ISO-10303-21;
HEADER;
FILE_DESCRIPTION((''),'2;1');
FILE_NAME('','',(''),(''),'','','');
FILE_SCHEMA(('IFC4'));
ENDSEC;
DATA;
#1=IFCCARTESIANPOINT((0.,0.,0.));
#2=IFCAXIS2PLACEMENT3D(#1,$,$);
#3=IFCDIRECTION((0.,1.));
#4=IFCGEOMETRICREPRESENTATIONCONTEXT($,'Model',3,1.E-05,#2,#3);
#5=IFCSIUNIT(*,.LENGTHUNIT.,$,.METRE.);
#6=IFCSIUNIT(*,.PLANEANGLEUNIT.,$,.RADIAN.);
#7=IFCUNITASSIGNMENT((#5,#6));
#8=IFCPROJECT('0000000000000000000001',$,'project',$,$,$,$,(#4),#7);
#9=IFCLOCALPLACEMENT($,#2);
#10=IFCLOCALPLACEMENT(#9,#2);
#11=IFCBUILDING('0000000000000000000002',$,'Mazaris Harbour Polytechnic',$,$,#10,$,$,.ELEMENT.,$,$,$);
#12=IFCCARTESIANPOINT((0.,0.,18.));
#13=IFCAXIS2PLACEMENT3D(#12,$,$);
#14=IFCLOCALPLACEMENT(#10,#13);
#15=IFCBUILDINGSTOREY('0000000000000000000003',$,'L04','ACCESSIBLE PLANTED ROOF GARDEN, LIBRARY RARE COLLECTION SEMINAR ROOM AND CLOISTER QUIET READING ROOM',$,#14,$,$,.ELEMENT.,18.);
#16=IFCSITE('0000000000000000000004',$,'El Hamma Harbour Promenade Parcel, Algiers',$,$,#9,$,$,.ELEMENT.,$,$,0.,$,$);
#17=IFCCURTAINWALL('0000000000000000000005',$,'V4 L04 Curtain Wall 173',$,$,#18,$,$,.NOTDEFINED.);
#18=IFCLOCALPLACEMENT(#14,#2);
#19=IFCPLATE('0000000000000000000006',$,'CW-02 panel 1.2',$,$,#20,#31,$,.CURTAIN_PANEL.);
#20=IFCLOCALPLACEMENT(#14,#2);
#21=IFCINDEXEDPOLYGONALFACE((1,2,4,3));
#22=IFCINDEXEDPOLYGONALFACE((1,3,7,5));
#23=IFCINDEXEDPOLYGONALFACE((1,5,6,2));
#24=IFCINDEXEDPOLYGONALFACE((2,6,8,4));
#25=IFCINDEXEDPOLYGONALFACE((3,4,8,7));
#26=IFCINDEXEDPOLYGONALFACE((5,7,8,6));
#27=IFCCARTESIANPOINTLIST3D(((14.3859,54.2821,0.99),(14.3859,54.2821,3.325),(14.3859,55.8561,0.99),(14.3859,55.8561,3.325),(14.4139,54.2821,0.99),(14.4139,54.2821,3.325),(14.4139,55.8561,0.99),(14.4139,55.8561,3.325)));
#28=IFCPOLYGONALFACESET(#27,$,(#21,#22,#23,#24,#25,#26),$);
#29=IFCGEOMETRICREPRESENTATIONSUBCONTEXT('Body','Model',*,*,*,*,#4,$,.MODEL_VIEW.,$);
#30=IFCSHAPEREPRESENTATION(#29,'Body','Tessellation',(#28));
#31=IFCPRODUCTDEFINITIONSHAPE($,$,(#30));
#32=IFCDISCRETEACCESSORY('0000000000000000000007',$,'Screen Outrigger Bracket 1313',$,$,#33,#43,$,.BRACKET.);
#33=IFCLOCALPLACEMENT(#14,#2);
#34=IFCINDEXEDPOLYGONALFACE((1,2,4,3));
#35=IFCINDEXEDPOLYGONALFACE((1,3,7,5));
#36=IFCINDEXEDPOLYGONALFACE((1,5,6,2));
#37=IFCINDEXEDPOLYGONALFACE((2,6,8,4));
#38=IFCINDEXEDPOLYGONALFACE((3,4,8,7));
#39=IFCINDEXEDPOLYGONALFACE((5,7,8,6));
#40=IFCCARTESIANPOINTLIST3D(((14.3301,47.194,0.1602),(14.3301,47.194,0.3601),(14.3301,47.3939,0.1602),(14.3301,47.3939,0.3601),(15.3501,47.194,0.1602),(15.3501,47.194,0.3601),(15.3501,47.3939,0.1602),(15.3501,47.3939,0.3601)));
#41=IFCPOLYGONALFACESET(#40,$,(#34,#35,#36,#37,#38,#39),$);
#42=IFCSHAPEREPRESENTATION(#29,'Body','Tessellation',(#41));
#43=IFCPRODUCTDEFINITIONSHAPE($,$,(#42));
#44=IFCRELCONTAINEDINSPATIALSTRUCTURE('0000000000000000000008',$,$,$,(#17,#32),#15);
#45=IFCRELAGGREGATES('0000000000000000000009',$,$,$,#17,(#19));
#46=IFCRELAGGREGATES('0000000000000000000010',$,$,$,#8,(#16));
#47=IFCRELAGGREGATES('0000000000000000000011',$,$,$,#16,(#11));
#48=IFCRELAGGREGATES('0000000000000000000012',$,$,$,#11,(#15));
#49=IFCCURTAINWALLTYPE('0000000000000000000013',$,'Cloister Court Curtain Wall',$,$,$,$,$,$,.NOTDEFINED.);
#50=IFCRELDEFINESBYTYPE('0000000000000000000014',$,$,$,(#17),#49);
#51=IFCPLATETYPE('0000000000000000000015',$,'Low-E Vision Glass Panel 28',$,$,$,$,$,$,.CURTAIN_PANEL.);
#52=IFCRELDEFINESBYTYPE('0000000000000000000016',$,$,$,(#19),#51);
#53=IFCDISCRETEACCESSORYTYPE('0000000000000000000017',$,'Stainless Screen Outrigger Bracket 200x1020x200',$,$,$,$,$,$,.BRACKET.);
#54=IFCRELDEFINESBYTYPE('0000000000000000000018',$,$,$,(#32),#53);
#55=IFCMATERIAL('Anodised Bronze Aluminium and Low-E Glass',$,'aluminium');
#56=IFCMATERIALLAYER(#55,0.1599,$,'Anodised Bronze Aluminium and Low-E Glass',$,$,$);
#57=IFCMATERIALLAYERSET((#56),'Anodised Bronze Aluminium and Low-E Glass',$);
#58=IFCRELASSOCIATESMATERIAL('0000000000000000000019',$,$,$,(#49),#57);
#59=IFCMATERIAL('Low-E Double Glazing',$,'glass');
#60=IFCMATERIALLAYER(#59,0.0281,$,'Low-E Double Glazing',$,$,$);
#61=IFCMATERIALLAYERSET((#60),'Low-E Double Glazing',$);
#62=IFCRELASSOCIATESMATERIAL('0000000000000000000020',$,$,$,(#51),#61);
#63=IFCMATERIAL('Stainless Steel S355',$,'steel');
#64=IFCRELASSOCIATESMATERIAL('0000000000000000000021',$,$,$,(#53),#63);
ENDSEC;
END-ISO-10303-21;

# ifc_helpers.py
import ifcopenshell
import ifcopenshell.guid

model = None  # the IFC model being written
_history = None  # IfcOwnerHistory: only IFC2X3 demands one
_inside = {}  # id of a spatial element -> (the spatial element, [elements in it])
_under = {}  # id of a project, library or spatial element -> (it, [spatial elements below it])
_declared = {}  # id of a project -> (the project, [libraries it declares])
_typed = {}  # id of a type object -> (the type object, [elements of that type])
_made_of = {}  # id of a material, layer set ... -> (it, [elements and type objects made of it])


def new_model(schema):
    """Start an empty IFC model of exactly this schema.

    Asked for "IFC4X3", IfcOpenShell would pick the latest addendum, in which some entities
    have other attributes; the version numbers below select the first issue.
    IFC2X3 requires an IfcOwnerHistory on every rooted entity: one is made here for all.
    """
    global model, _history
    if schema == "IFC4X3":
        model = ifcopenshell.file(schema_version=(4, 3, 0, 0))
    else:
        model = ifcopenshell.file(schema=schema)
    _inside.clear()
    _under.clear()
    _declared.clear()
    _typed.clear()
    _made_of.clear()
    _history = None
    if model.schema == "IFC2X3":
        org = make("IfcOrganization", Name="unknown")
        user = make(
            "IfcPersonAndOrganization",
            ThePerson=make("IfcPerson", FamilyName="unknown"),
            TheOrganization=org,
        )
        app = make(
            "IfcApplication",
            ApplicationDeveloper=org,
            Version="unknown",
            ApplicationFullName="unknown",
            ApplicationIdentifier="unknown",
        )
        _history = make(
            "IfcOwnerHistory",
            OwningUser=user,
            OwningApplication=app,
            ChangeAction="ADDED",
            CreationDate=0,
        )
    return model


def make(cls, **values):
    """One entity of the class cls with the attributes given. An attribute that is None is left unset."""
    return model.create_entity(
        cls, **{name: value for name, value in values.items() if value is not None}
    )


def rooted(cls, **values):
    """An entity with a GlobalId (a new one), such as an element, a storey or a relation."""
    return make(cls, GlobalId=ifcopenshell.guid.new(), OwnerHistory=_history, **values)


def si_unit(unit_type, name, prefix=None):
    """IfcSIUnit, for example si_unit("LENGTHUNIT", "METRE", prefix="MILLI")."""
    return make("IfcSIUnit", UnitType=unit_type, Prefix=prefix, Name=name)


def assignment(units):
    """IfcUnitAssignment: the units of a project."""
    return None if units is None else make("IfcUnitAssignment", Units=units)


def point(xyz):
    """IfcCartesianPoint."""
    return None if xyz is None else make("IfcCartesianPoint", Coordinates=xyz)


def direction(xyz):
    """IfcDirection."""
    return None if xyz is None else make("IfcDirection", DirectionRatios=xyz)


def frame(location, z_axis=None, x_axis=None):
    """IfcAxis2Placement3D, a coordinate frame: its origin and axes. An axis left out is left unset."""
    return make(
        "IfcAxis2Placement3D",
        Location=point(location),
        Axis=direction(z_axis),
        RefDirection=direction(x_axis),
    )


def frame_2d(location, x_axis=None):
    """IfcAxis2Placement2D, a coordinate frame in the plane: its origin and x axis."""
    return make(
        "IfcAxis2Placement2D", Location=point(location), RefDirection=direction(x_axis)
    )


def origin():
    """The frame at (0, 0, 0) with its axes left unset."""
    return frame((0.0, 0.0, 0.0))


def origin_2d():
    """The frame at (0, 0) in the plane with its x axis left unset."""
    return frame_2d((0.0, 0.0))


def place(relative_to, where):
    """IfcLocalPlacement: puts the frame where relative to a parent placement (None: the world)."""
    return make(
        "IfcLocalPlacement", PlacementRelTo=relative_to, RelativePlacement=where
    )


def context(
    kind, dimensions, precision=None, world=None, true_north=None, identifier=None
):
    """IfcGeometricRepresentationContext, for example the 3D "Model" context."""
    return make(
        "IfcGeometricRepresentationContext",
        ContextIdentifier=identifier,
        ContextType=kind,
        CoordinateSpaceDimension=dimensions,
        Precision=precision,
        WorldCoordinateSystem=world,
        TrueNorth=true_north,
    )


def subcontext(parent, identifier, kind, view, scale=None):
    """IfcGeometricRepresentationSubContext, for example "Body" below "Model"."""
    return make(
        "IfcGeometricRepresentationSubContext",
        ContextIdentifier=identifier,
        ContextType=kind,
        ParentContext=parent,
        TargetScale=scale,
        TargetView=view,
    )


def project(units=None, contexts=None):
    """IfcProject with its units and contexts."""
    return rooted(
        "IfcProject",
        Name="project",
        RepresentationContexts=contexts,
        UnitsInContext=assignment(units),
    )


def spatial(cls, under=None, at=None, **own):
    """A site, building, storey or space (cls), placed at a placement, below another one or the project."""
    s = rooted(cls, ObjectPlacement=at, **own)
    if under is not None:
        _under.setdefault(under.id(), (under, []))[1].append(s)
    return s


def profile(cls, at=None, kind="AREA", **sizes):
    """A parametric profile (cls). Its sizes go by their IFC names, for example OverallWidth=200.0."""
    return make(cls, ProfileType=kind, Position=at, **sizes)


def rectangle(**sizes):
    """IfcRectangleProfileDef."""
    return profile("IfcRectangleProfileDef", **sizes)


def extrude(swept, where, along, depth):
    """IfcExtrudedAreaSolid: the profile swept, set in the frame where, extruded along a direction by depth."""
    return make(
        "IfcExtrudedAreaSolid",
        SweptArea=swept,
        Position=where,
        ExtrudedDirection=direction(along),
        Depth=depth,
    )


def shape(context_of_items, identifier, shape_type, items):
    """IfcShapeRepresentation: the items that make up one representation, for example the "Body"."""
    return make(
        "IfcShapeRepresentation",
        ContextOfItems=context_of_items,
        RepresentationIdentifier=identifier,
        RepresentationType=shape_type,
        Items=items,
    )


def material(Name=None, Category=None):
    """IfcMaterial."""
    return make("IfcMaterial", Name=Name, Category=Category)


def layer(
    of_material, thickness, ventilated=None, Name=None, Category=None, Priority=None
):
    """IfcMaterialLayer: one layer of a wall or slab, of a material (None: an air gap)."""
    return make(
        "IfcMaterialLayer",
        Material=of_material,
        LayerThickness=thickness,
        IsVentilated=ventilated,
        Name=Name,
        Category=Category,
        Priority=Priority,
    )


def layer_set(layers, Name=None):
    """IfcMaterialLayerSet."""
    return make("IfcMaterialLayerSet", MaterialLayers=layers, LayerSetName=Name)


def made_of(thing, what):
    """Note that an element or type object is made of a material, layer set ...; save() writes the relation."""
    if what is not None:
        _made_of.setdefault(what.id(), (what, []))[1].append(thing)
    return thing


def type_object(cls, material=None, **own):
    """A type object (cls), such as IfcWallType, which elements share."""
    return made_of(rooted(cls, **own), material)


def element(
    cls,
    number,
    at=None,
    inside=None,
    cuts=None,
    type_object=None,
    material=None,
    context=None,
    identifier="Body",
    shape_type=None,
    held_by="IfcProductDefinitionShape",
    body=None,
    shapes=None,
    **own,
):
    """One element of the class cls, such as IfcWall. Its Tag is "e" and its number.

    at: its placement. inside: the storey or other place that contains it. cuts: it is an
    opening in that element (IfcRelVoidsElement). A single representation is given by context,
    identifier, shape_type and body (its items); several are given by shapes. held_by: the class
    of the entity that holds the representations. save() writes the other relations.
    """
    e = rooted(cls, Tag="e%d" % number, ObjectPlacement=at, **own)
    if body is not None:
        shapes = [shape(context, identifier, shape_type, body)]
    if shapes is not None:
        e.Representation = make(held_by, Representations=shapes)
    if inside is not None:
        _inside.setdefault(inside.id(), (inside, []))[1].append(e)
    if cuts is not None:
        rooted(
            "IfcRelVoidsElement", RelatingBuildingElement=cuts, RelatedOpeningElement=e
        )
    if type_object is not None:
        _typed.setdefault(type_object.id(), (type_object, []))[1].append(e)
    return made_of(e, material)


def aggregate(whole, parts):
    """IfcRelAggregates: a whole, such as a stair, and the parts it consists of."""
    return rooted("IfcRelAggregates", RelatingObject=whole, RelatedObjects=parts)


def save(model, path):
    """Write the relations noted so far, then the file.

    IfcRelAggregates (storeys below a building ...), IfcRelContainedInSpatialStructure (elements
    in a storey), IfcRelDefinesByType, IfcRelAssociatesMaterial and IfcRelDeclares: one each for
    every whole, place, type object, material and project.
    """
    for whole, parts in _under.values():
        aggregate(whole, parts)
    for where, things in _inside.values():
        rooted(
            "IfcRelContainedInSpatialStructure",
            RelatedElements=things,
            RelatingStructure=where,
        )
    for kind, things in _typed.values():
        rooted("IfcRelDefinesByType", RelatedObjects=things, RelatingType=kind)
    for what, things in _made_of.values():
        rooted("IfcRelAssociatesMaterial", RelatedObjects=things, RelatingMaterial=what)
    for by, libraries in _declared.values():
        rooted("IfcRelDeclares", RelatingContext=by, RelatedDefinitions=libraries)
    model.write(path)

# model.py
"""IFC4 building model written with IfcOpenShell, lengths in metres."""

from ifc_helpers import new_model, si_unit, direction, frame, origin, origin_2d, place, context, subcontext, project, spatial, rectangle, extrude, material, layer, layer_set, type_object, element, aggregate, save


model = new_model("IFC4")

# Units and contexts
model_context = context("Model", 3, precision=1e-05, world=origin(), true_north=direction((0.0, 1.0)))
body_context = subcontext(model_context, "Body", "Model", "MODEL_VIEW")
ifc_project = project(units=[si_unit("LENGTHUNIT", "METRE"), si_unit("PLANEANGLEUNIT", "RADIAN")], contexts=[model_context])

# Site, building, storey
site_placement = place(None, origin())
site = spatial("IfcSite", under=ifc_project, at=site_placement, Name="El Hamma Harbour Promenade Parcel, Algiers", CompositionType="ELEMENT", RefElevation=0.0)
building_placement = place(site_placement, origin())
building = spatial("IfcBuilding", under=site, at=building_placement, Name="Mazaris Harbour Polytechnic", CompositionType="ELEMENT")
storey_placement = place(building_placement, frame((0.0, 0.0, 18.0)))
storey = spatial("IfcBuildingStorey", under=building, at=storey_placement, Name="L04", Description="ACCESSIBLE PLANTED ROOF GARDEN, LIBRARY RARE COLLECTION SEMINAR ROOM AND CLOISTER QUIET READING ROOM", CompositionType="ELEMENT", Elevation=18.0)

# Curtain wall
ifc_material_1 = material(Name="Anodised Bronze Aluminium and Low-E Glass", Category="aluminium")
ifc_layer_1 = layer(ifc_material_1, 0.1599, Name="Anodised Bronze Aluminium and Low-E Glass")
ifc_layer_set_1 = layer_set([ifc_layer_1], Name="Anodised Bronze Aluminium and Low-E Glass")
curtain_wall_type = type_object("IfcCurtainWallType", Name="Cloister Court Curtain Wall", PredefinedType="NOTDEFINED", material=ifc_layer_set_1)
curtain_wall_1_placement = place(storey_placement, origin())
curtain_wall_1 = element("IfcCurtainWall", 1, at=curtain_wall_1_placement, inside=storey, type_object=curtain_wall_type, Name="V4 L04 Curtain Wall 173", PredefinedType="NOTDEFINED")

# Plate
ifc_material_2 = material(Name="Low-E Double Glazing", Category="glass")
ifc_layer_2 = layer(ifc_material_2, 0.0281, Name="Low-E Double Glazing")
ifc_layer_set_2 = layer_set([ifc_layer_2], Name="Low-E Double Glazing")
plate_type = type_object("IfcPlateType", Name="Low-E Vision Glass Panel 28", PredefinedType="CURTAIN_PANEL", material=ifc_layer_set_2)
plate_1_placement = place(storey_placement, frame((14.3999, 55.0691, 0.99), z_axis=(0.0, 0.0, 1.0), x_axis=(0.0, 1.0, 0.0)))
plate_1 = element("IfcPlate", 2, at=plate_1_placement, type_object=plate_type, Name="CW-02 panel 1.2", PredefinedType="CURTAIN_PANEL", context=body_context, shape_type="SweptSolid", body=[
    extrude(rectangle(XDim=1.574, YDim=0.0281, at=origin_2d()), origin(), (0.0, 0.0, 1.0), 2.335),
])
aggregate(curtain_wall_1, [plate_1])

# Discrete accessory
ifc_material_3 = material(Name="Stainless Steel S355", Category="steel")
discrete_accessory_type = type_object("IfcDiscreteAccessoryType", Name="Stainless Screen Outrigger Bracket 200x1020x200", PredefinedType="BRACKET", material=ifc_material_3)
discrete_accessory_placement = place(storey_placement, frame((14.8401, 47.2939, 0.1602), z_axis=(0.0, 0.0, 1.0), x_axis=(0.0, 1.0, 0.0)))
element("IfcDiscreteAccessory", 3, at=discrete_accessory_placement, inside=storey, type_object=discrete_accessory_type, Name="Screen Outrigger Bracket 1313", PredefinedType="BRACKET", context=body_context, shape_type="SweptSolid", body=[
    extrude(rectangle(XDim=0.2, YDim=1.02, at=origin_2d()), origin(), (0.0, 0.0, 1.0), 0.2),
])

save(model, "model.ifc")
